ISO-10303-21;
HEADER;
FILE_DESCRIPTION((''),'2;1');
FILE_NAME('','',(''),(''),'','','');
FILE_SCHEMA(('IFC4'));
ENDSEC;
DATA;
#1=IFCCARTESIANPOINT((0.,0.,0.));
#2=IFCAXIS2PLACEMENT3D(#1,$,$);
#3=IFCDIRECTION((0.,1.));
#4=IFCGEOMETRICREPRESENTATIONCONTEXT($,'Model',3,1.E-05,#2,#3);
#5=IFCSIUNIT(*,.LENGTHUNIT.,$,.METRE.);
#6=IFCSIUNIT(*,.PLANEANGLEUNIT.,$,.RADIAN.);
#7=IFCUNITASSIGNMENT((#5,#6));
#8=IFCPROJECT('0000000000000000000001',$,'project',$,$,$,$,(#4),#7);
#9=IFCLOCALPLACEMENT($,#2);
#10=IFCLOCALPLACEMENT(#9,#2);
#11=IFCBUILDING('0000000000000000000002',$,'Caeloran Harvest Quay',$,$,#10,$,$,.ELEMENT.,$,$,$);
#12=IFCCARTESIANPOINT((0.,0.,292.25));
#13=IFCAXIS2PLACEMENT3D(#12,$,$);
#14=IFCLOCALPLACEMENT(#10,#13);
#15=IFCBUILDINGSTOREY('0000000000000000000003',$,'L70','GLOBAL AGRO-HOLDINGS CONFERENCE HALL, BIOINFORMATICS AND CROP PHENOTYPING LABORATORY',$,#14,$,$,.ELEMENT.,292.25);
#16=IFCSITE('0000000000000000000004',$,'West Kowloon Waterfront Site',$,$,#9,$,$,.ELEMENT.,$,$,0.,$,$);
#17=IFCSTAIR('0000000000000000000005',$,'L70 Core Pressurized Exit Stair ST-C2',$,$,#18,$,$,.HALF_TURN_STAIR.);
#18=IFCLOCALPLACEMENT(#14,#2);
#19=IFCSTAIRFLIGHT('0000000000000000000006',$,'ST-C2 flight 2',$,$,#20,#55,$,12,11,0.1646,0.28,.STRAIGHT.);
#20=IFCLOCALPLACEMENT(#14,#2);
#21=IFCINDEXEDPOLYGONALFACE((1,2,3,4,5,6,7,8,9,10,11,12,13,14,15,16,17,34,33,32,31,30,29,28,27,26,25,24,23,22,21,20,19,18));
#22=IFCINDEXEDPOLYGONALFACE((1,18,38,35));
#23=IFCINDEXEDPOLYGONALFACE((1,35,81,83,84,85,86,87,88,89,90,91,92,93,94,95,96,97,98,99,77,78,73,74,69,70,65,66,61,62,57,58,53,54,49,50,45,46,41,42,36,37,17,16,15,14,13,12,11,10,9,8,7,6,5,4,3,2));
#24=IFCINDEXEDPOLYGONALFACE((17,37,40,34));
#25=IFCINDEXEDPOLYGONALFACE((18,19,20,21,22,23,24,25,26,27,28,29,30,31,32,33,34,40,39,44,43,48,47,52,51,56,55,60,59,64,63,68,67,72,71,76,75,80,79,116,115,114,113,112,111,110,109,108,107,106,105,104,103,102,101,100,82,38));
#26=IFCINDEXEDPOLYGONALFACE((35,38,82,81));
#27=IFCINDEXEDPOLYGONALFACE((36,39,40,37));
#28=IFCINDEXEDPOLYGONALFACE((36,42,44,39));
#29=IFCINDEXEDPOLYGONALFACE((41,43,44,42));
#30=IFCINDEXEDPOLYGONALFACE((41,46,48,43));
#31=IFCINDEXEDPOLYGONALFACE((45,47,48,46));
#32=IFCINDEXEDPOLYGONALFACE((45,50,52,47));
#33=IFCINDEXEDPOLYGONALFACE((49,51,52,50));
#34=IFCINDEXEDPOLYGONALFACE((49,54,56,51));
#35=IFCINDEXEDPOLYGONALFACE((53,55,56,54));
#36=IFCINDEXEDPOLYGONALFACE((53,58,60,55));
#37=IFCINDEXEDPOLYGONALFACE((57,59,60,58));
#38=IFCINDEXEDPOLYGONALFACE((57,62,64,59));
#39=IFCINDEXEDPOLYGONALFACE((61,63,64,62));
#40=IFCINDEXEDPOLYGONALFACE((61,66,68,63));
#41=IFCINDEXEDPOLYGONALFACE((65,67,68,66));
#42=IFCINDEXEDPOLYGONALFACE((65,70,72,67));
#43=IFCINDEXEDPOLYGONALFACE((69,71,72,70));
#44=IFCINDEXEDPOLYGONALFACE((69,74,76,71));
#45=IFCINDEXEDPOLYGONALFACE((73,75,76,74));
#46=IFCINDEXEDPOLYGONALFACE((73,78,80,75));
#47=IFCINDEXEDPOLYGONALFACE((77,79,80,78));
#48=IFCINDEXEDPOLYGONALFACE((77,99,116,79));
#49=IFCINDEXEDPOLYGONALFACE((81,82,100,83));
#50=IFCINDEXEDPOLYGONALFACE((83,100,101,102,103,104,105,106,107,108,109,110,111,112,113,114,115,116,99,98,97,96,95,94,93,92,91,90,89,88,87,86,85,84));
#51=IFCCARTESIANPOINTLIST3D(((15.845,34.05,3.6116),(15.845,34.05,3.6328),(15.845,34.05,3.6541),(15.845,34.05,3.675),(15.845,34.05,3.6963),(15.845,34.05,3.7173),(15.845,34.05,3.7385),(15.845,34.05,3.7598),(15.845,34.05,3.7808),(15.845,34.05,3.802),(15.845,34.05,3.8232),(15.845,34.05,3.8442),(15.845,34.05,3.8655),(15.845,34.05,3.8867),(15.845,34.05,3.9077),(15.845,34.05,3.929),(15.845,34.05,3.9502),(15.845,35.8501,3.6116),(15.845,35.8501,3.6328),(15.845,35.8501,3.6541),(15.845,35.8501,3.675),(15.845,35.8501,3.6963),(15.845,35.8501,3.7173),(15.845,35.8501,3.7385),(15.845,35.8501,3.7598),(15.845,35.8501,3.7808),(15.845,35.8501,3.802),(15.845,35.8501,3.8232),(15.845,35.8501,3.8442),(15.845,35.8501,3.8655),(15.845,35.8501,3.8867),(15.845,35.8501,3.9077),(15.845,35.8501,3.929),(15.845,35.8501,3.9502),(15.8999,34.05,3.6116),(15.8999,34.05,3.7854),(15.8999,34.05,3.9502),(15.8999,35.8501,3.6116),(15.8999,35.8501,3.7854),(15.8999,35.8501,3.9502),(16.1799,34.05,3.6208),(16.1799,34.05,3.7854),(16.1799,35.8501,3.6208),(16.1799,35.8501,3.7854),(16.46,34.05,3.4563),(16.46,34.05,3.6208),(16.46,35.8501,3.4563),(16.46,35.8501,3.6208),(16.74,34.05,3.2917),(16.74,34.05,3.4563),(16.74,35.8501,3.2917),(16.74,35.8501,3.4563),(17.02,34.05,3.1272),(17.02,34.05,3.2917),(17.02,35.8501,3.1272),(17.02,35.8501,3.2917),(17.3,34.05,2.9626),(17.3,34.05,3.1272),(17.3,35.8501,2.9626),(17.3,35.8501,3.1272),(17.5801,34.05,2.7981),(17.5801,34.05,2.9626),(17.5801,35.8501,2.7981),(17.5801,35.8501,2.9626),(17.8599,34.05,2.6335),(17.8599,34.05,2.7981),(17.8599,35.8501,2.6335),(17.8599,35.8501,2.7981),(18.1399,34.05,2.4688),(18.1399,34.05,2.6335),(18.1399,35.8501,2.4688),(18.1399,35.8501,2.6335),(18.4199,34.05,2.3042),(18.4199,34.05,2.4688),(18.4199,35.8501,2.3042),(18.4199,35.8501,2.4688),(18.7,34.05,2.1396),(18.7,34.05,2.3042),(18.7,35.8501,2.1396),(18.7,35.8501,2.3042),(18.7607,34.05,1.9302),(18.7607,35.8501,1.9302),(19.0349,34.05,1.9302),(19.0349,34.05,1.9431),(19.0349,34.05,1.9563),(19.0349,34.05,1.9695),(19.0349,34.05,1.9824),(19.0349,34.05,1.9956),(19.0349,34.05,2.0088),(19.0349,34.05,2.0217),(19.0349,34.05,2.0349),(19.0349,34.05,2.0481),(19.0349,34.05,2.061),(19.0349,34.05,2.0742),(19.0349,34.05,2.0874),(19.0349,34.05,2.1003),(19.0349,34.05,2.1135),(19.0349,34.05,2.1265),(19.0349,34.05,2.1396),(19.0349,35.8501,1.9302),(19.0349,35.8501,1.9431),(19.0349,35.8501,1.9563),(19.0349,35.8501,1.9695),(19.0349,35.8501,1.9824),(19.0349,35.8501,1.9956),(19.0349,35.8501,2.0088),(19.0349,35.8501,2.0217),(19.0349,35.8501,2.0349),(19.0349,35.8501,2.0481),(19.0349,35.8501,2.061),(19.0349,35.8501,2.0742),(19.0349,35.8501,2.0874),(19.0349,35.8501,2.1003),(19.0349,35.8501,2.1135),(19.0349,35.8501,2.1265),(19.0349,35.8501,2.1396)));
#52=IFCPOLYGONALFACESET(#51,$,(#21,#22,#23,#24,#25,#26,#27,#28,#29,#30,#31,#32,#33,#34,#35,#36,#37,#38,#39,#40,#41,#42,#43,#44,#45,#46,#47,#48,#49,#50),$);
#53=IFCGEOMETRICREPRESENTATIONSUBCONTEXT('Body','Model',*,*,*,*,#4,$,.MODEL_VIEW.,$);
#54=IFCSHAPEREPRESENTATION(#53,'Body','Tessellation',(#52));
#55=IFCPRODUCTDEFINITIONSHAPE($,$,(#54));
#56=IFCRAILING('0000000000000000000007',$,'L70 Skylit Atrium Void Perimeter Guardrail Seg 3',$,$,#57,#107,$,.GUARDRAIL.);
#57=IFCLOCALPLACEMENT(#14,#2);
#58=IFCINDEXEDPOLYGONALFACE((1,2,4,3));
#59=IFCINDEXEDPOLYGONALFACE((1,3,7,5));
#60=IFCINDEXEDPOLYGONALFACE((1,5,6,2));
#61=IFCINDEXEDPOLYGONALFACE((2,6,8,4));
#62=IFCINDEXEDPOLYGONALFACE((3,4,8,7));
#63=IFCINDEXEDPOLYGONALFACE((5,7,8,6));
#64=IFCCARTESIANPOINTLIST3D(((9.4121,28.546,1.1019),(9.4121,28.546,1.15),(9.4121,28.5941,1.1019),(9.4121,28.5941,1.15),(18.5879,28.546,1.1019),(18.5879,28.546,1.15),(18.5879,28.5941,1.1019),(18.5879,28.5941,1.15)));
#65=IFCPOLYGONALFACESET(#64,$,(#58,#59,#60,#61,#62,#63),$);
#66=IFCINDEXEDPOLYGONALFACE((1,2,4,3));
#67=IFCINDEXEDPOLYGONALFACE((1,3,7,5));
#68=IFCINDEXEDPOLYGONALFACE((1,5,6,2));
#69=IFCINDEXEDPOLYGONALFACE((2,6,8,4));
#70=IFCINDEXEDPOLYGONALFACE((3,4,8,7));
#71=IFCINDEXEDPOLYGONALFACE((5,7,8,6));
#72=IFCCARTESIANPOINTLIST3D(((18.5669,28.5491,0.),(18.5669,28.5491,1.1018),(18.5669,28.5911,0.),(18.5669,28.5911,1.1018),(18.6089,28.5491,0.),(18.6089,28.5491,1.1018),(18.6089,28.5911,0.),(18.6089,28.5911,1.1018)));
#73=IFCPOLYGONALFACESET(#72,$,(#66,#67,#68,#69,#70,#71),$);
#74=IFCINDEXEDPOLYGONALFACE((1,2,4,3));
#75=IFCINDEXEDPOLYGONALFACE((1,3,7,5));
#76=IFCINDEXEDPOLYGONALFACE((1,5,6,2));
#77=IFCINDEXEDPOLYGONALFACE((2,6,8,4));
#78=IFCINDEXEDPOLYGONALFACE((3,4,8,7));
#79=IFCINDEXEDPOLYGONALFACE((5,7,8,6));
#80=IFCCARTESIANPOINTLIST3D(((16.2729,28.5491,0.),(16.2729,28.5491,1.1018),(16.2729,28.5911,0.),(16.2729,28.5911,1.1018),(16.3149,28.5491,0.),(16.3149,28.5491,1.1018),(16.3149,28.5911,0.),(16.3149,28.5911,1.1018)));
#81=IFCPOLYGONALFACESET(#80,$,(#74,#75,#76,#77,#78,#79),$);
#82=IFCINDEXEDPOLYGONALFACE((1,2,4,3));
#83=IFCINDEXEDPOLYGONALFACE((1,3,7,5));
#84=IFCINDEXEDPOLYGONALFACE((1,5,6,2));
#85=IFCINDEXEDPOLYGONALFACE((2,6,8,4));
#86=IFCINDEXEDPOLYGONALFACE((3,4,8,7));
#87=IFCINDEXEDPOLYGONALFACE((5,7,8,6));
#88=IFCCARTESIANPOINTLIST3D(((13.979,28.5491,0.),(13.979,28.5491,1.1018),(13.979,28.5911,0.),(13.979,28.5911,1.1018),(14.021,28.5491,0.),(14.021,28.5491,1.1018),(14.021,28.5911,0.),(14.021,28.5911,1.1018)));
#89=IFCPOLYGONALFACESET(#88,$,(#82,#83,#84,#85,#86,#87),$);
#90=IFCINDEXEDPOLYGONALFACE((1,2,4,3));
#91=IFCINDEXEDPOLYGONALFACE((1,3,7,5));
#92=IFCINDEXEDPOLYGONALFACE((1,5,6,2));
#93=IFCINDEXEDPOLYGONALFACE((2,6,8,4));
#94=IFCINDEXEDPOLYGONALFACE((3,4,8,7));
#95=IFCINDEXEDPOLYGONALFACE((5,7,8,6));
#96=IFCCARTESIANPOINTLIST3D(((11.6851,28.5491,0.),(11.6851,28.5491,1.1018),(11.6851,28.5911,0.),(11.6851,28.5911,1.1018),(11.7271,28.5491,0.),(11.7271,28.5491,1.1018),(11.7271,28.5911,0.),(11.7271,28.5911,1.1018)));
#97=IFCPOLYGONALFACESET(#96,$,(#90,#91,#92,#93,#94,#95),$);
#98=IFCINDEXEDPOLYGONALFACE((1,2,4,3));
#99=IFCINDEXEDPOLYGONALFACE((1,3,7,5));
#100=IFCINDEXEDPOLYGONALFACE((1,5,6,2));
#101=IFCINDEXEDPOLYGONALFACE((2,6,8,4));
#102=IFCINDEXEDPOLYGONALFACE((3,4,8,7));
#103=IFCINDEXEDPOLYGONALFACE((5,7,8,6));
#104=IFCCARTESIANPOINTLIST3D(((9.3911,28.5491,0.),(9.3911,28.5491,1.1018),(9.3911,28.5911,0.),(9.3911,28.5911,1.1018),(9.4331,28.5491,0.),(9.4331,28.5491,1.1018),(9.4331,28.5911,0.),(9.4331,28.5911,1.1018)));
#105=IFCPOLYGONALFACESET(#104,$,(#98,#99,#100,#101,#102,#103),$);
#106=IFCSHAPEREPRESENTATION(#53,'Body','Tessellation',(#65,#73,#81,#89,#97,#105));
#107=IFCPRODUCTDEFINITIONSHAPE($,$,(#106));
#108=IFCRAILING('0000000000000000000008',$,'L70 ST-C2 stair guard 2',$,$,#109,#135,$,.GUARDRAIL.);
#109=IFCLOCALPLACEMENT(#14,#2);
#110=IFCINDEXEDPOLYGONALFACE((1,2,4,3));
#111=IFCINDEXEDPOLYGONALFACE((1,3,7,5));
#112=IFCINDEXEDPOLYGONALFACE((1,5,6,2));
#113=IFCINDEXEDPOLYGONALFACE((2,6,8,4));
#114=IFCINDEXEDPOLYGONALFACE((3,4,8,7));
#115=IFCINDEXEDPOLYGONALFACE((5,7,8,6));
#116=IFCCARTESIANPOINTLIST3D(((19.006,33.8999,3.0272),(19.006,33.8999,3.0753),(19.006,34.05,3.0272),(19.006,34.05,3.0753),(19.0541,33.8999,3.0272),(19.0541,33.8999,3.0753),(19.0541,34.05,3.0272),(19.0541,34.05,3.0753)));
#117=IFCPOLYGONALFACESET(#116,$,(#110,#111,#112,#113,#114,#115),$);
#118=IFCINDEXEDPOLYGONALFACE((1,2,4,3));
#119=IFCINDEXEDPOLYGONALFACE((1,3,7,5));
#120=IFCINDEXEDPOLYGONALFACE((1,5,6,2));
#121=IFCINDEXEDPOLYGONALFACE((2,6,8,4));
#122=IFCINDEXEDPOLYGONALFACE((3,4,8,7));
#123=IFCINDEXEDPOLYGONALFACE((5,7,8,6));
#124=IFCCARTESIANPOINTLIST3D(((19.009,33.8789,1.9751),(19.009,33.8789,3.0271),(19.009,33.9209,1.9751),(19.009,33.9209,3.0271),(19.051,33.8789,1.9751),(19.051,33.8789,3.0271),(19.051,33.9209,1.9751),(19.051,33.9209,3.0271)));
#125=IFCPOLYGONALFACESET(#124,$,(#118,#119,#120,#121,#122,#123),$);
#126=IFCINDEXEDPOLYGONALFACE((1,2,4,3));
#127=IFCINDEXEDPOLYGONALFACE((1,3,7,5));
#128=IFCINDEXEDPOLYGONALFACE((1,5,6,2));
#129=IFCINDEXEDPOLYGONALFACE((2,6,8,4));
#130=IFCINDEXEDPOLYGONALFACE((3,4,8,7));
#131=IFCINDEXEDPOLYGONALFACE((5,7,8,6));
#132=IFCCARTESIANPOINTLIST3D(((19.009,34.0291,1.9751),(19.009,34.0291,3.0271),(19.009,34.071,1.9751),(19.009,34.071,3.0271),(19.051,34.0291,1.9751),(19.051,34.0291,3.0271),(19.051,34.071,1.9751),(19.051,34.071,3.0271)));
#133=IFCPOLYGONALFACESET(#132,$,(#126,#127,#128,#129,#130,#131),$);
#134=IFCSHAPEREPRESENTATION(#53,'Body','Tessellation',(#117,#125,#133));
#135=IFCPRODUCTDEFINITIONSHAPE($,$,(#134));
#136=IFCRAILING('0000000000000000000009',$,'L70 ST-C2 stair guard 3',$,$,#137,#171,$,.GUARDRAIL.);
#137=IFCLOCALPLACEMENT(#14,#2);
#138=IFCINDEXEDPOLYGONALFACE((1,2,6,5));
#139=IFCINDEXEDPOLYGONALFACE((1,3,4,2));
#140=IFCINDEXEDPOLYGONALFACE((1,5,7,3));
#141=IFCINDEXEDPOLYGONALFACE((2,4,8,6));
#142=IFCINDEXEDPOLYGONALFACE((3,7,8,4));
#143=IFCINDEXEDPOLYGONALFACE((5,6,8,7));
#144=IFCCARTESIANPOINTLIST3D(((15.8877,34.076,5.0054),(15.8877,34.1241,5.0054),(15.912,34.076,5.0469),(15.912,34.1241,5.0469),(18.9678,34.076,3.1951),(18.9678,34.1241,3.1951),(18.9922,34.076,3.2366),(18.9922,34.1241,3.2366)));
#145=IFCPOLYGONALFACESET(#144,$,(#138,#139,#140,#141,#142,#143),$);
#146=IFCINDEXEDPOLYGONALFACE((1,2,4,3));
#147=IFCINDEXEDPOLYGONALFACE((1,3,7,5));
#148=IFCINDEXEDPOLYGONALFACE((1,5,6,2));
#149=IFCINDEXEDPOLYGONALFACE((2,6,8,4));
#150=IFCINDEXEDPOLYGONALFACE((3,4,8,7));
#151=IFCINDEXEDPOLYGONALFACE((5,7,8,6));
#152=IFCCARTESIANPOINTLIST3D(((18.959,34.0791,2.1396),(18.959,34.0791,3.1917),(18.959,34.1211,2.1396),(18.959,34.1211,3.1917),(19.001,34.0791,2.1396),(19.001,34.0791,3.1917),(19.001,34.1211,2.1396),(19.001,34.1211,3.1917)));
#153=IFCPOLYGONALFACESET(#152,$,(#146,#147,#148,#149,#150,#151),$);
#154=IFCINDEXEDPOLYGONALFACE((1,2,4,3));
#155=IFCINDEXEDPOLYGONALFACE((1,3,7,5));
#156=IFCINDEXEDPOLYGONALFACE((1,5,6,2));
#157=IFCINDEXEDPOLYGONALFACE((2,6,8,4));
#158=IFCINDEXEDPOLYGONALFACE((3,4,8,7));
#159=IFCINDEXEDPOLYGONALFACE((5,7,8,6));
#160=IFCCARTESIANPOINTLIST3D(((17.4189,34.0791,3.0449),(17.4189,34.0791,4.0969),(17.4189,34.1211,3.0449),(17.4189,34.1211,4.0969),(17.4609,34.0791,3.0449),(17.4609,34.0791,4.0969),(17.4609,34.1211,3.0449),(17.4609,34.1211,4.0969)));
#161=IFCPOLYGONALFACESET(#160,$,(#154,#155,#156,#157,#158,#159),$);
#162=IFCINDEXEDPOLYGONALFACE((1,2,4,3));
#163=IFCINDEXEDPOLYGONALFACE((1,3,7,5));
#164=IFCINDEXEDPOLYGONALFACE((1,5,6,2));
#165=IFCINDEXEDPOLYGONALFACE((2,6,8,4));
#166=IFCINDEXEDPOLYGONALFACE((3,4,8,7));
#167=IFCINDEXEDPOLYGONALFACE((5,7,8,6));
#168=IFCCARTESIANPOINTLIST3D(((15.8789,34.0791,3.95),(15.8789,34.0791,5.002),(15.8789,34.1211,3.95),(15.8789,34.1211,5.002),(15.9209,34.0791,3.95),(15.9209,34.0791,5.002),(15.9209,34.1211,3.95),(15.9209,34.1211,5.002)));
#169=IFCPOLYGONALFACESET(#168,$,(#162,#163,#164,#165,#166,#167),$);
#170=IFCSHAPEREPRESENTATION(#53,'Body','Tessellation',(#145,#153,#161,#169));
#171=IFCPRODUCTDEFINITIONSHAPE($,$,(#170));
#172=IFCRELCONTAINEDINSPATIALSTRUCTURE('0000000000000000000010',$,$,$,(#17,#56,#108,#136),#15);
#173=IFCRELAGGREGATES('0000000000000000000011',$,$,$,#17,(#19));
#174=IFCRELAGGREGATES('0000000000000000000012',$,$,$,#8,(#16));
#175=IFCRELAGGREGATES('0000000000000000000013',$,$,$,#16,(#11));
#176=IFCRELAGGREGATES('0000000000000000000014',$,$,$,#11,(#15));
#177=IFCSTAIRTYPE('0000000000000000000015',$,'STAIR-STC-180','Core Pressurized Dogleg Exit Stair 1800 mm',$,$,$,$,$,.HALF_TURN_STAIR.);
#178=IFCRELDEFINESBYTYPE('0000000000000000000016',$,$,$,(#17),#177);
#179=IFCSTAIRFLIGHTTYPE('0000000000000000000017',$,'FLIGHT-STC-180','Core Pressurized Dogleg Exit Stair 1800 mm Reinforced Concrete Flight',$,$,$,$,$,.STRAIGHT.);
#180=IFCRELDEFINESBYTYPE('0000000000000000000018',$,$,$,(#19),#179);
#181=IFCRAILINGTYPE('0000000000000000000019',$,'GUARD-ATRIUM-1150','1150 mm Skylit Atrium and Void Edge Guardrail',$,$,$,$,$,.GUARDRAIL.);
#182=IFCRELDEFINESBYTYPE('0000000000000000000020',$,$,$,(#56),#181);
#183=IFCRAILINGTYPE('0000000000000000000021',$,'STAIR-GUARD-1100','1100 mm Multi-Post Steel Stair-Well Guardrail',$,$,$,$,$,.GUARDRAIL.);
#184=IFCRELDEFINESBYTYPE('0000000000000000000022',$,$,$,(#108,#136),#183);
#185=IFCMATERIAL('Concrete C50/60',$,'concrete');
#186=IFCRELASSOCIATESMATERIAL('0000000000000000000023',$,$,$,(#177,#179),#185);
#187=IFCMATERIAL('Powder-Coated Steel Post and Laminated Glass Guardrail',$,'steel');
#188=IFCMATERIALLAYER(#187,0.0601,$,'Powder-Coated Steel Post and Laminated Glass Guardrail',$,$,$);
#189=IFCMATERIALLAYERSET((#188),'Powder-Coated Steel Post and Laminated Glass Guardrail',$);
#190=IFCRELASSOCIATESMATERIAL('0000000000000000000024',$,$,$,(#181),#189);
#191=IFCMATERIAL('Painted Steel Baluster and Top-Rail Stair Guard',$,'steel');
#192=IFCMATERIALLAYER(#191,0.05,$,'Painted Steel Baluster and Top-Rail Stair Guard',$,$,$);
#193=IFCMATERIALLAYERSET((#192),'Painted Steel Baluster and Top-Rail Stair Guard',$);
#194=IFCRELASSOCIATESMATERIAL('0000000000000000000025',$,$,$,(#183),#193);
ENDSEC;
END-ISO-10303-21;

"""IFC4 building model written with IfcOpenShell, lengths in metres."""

from ifc_helpers import new_model, si_unit, direction, frame, origin, origin_2d, place, context, subcontext, project, spatial, polyline, rectangle, outline, extrude, material, layer, layer_set, type_object, element, aggregate, save


model = new_model("IFC4")

# Units and contexts
model_context = context("Model", 3, precision=1e-05, world=origin(), true_north=direction((0.0, 1.0)))
body_context = subcontext(model_context, "Body", "Model", "MODEL_VIEW")
ifc_project = project(units=[si_unit("LENGTHUNIT", "METRE"), si_unit("PLANEANGLEUNIT", "RADIAN")], contexts=[model_context])

# Site, building, storey
site_placement = place(None, origin())
site = spatial("IfcSite", under=ifc_project, at=site_placement, Name="West Kowloon Waterfront Site", CompositionType="ELEMENT", RefElevation=0.0)
building_placement = place(site_placement, origin())
building = spatial("IfcBuilding", under=site, at=building_placement, Name="Caeloran Harvest Quay", CompositionType="ELEMENT")
storey_placement = place(building_placement, frame((0.0, 0.0, 292.25)))
storey = spatial("IfcBuildingStorey", under=building, at=storey_placement, Name="L70", Description="GLOBAL AGRO-HOLDINGS CONFERENCE HALL, BIOINFORMATICS AND CROP PHENOTYPING LABORATORY", CompositionType="ELEMENT", Elevation=292.25)

# Shared definitions
ifc_material_1 = material(Name="Concrete C50/60", Category="concrete")

# Stair, stair flight
stair_type = type_object("IfcStairType", Name="STAIR-STC-180", Description="Core Pressurized Dogleg Exit Stair 1800 mm", PredefinedType="HALF_TURN_STAIR", material=ifc_material_1)
stair_placement = place(storey_placement, origin())
stair = element("IfcStair", 1, at=stair_placement, inside=storey, type_object=stair_type, Name="L70 Core Pressurized Exit Stair ST-C2", PredefinedType="HALF_TURN_STAIR")
stair_flight_type = type_object("IfcStairFlightType", Name="FLIGHT-STC-180", Description="Core Pressurized Dogleg Exit Stair 1800 mm Reinforced Concrete Flight", PredefinedType="STRAIGHT", material=ifc_material_1)
stair_flight_placement = place(storey_placement, frame((18.98, 34.95, 1.9751), z_axis=(0.0, 0.0, 1.0), x_axis=(-1.0, 0.0, 0.0)))
stair_flight = element("IfcStairFlight", 2, at=stair_flight_placement, type_object=stair_flight_type, Name="ST-C2 flight 2", NumberOfRisers=12, NumberOfTreads=11, PredefinedType="STRAIGHT", RiserHeight=0.1646, TreadLength=0.28, context=body_context, shape_type="SweptSolid", body=[
    extrude(outline(polyline([(-0.0549, -0.0449), (-0.0549, -0.032), (-0.0549, -0.0188), (-0.0549, -0.0056), (-0.0549, 0.0073), (-0.0549, 0.0205), (-0.0549, 0.0337), (-0.0549, 0.0466), (-0.0549, 0.0598), (-0.0549, 0.073), (-0.0549, 0.0859), (-0.0549, 0.0991), (-0.0549, 0.1123), (-0.0549, 0.1252), (-0.0549, 0.1384), (-0.0549, 0.1514), (-0.0549, 0.1646), (0.28, 0.1646), (0.28, 0.3291), (0.5601, 0.3291), (0.5601, 0.4937), (0.8401, 0.4937), (0.8401, 0.6584), (1.1201, 0.6584), (1.1201, 0.823), (1.3999, 0.823), (1.3999, 0.9875), (1.6799, 0.9875), (1.6799, 1.1521), (1.96, 1.1521), (1.96, 1.3167), (2.24, 1.3167), (2.24, 1.4812), (2.52, 1.4812), (2.52, 1.6458), (2.8, 1.6458), (2.8, 1.8103), (3.0801, 1.8103), (3.0801, 1.9751), (3.135, 1.9751), (3.135, 1.9539), (3.135, 1.9326), (3.135, 1.9116), (3.135, 1.8904), (3.135, 1.8691), (3.135, 1.8481), (3.135, 1.8269), (3.135, 1.8057), (3.135, 1.7847), (3.135, 1.7634), (3.135, 1.7422), (3.135, 1.7212), (3.135, 1.7), (3.135, 1.679), (3.135, 1.6577), (3.135, 1.6365), (3.0801, 1.6365), (0.2192, -0.0449), (-0.0549, -0.0449)])), frame((0.0, 0.8999, 0.0), z_axis=(0.0, -1.0, 0.0), x_axis=(1.0, 0.0, 0.0)), (0.0, 0.0, 1.0), 1.8),
])
aggregate(stair, [stair_flight])

# Railings
ifc_material_2 = material(Name="Powder-Coated Steel Post and Laminated Glass Guardrail", Category="steel")
ifc_layer_1 = layer(ifc_material_2, 0.0601, Name="Powder-Coated Steel Post and Laminated Glass Guardrail")
ifc_layer_set_1 = layer_set([ifc_layer_1], Name="Powder-Coated Steel Post and Laminated Glass Guardrail")
railing_type_1 = type_object("IfcRailingType", Name="GUARD-ATRIUM-1150", Description="1150 mm Skylit Atrium and Void Edge Guardrail", PredefinedType="GUARDRAIL", material=ifc_layer_set_1)
railing_1_placement = place(storey_placement, frame((18.5879, 28.5701, 0.0)))
element("IfcRailing", 3, at=railing_1_placement, inside=storey, type_object=railing_type_1, Name="L70 Skylit Atrium Void Perimeter Guardrail Seg 3", PredefinedType="GUARDRAIL", context=body_context, shape_type="SweptSolid", body=[
    extrude(rectangle(XDim=0.0481, YDim=0.0481, at=origin_2d()), frame((0.0, 0.0, 1.126), z_axis=(-1.0, 0.0, 0.0), x_axis=(0.0, -1.0, 0.0)), (0.0, 0.0, 1.0), 9.1758),
    extrude(rectangle(XDim=0.042, YDim=0.042, at=origin_2d()), origin(), (0.0, 0.0, 1.0), 1.1018),
    extrude(rectangle(XDim=0.042, YDim=0.042, at=origin_2d()), frame((-2.2939, 0.0, 0.0)), (0.0, 0.0, 1.0), 1.1018),
    extrude(rectangle(XDim=0.042, YDim=0.042, at=origin_2d()), frame((-4.5879, 0.0, 0.0)), (0.0, 0.0, 1.0), 1.1018),
    extrude(rectangle(XDim=0.042, YDim=0.042, at=origin_2d()), frame((-6.8818, 0.0, 0.0)), (0.0, 0.0, 1.0), 1.1018),
    extrude(rectangle(XDim=0.042, YDim=0.042, at=origin_2d()), frame((-9.1758, 0.0, 0.0)), (0.0, 0.0, 1.0), 1.1018),
])
ifc_material_3 = material(Name="Painted Steel Baluster and Top-Rail Stair Guard", Category="steel")
ifc_layer_2 = layer(ifc_material_3, 0.05, Name="Painted Steel Baluster and Top-Rail Stair Guard")
ifc_layer_set_2 = layer_set([ifc_layer_2], Name="Painted Steel Baluster and Top-Rail Stair Guard")
railing_type_2 = type_object("IfcRailingType", Name="STAIR-GUARD-1100", Description="1100 mm Multi-Post Steel Stair-Well Guardrail", PredefinedType="GUARDRAIL", material=ifc_layer_set_2)
railing_2_placement = place(storey_placement, frame((19.03, 33.8999, 1.9751)))
element("IfcRailing", 4, at=railing_2_placement, inside=storey, type_object=railing_type_2, Name="L70 ST-C2 stair guard 2", PredefinedType="GUARDRAIL", context=body_context, shape_type="SweptSolid", body=[
    extrude(rectangle(XDim=0.0481, YDim=0.0481, at=origin_2d()), frame((0.0, 0.0, 1.0762), z_axis=(0.0, 1.0, 0.0), x_axis=(-1.0, 0.0, 0.0)), (0.0, 0.0, 1.0), 0.1501),
    extrude(rectangle(XDim=0.042, YDim=0.042, at=origin_2d()), origin(), (0.0, 0.0, 1.0), 1.052),
    extrude(rectangle(XDim=0.042, YDim=0.042, at=origin_2d()), frame((0.0, 0.1501, 0.0)), (0.0, 0.0, 1.0), 1.052),
])
railing_3_placement = place(storey_placement, frame((18.98, 34.1001, 2.1396)))
element("IfcRailing", 5, at=railing_3_placement, inside=storey, type_object=railing_type_2, Name="L70 ST-C2 stair guard 3", PredefinedType="GUARDRAIL", context=body_context, shape_type="SweptSolid", body=[
    extrude(rectangle(XDim=0.0481, YDim=0.0481, at=origin_2d()), frame((0.0, 0.0, 1.0762), z_axis=(-0.862119, 0.0, 0.506707), x_axis=(0.0, -1.0, 0.0)), (0.0, 0.0, 1.0), 3.5728),
    extrude(rectangle(XDim=0.042, YDim=0.042, at=origin_2d()), origin(), (0.0, 0.0, 1.0), 1.052),
    extrude(rectangle(XDim=0.042, YDim=0.042, at=origin_2d()), frame((-1.54, 0.0, 0.9053)), (0.0, 0.0, 1.0), 1.052),
    extrude(rectangle(XDim=0.042, YDim=0.042, at=origin_2d()), frame((-3.0801, 0.0, 1.8103)), (0.0, 0.0, 1.0), 1.052),
])

save(model, "model.ifc")
